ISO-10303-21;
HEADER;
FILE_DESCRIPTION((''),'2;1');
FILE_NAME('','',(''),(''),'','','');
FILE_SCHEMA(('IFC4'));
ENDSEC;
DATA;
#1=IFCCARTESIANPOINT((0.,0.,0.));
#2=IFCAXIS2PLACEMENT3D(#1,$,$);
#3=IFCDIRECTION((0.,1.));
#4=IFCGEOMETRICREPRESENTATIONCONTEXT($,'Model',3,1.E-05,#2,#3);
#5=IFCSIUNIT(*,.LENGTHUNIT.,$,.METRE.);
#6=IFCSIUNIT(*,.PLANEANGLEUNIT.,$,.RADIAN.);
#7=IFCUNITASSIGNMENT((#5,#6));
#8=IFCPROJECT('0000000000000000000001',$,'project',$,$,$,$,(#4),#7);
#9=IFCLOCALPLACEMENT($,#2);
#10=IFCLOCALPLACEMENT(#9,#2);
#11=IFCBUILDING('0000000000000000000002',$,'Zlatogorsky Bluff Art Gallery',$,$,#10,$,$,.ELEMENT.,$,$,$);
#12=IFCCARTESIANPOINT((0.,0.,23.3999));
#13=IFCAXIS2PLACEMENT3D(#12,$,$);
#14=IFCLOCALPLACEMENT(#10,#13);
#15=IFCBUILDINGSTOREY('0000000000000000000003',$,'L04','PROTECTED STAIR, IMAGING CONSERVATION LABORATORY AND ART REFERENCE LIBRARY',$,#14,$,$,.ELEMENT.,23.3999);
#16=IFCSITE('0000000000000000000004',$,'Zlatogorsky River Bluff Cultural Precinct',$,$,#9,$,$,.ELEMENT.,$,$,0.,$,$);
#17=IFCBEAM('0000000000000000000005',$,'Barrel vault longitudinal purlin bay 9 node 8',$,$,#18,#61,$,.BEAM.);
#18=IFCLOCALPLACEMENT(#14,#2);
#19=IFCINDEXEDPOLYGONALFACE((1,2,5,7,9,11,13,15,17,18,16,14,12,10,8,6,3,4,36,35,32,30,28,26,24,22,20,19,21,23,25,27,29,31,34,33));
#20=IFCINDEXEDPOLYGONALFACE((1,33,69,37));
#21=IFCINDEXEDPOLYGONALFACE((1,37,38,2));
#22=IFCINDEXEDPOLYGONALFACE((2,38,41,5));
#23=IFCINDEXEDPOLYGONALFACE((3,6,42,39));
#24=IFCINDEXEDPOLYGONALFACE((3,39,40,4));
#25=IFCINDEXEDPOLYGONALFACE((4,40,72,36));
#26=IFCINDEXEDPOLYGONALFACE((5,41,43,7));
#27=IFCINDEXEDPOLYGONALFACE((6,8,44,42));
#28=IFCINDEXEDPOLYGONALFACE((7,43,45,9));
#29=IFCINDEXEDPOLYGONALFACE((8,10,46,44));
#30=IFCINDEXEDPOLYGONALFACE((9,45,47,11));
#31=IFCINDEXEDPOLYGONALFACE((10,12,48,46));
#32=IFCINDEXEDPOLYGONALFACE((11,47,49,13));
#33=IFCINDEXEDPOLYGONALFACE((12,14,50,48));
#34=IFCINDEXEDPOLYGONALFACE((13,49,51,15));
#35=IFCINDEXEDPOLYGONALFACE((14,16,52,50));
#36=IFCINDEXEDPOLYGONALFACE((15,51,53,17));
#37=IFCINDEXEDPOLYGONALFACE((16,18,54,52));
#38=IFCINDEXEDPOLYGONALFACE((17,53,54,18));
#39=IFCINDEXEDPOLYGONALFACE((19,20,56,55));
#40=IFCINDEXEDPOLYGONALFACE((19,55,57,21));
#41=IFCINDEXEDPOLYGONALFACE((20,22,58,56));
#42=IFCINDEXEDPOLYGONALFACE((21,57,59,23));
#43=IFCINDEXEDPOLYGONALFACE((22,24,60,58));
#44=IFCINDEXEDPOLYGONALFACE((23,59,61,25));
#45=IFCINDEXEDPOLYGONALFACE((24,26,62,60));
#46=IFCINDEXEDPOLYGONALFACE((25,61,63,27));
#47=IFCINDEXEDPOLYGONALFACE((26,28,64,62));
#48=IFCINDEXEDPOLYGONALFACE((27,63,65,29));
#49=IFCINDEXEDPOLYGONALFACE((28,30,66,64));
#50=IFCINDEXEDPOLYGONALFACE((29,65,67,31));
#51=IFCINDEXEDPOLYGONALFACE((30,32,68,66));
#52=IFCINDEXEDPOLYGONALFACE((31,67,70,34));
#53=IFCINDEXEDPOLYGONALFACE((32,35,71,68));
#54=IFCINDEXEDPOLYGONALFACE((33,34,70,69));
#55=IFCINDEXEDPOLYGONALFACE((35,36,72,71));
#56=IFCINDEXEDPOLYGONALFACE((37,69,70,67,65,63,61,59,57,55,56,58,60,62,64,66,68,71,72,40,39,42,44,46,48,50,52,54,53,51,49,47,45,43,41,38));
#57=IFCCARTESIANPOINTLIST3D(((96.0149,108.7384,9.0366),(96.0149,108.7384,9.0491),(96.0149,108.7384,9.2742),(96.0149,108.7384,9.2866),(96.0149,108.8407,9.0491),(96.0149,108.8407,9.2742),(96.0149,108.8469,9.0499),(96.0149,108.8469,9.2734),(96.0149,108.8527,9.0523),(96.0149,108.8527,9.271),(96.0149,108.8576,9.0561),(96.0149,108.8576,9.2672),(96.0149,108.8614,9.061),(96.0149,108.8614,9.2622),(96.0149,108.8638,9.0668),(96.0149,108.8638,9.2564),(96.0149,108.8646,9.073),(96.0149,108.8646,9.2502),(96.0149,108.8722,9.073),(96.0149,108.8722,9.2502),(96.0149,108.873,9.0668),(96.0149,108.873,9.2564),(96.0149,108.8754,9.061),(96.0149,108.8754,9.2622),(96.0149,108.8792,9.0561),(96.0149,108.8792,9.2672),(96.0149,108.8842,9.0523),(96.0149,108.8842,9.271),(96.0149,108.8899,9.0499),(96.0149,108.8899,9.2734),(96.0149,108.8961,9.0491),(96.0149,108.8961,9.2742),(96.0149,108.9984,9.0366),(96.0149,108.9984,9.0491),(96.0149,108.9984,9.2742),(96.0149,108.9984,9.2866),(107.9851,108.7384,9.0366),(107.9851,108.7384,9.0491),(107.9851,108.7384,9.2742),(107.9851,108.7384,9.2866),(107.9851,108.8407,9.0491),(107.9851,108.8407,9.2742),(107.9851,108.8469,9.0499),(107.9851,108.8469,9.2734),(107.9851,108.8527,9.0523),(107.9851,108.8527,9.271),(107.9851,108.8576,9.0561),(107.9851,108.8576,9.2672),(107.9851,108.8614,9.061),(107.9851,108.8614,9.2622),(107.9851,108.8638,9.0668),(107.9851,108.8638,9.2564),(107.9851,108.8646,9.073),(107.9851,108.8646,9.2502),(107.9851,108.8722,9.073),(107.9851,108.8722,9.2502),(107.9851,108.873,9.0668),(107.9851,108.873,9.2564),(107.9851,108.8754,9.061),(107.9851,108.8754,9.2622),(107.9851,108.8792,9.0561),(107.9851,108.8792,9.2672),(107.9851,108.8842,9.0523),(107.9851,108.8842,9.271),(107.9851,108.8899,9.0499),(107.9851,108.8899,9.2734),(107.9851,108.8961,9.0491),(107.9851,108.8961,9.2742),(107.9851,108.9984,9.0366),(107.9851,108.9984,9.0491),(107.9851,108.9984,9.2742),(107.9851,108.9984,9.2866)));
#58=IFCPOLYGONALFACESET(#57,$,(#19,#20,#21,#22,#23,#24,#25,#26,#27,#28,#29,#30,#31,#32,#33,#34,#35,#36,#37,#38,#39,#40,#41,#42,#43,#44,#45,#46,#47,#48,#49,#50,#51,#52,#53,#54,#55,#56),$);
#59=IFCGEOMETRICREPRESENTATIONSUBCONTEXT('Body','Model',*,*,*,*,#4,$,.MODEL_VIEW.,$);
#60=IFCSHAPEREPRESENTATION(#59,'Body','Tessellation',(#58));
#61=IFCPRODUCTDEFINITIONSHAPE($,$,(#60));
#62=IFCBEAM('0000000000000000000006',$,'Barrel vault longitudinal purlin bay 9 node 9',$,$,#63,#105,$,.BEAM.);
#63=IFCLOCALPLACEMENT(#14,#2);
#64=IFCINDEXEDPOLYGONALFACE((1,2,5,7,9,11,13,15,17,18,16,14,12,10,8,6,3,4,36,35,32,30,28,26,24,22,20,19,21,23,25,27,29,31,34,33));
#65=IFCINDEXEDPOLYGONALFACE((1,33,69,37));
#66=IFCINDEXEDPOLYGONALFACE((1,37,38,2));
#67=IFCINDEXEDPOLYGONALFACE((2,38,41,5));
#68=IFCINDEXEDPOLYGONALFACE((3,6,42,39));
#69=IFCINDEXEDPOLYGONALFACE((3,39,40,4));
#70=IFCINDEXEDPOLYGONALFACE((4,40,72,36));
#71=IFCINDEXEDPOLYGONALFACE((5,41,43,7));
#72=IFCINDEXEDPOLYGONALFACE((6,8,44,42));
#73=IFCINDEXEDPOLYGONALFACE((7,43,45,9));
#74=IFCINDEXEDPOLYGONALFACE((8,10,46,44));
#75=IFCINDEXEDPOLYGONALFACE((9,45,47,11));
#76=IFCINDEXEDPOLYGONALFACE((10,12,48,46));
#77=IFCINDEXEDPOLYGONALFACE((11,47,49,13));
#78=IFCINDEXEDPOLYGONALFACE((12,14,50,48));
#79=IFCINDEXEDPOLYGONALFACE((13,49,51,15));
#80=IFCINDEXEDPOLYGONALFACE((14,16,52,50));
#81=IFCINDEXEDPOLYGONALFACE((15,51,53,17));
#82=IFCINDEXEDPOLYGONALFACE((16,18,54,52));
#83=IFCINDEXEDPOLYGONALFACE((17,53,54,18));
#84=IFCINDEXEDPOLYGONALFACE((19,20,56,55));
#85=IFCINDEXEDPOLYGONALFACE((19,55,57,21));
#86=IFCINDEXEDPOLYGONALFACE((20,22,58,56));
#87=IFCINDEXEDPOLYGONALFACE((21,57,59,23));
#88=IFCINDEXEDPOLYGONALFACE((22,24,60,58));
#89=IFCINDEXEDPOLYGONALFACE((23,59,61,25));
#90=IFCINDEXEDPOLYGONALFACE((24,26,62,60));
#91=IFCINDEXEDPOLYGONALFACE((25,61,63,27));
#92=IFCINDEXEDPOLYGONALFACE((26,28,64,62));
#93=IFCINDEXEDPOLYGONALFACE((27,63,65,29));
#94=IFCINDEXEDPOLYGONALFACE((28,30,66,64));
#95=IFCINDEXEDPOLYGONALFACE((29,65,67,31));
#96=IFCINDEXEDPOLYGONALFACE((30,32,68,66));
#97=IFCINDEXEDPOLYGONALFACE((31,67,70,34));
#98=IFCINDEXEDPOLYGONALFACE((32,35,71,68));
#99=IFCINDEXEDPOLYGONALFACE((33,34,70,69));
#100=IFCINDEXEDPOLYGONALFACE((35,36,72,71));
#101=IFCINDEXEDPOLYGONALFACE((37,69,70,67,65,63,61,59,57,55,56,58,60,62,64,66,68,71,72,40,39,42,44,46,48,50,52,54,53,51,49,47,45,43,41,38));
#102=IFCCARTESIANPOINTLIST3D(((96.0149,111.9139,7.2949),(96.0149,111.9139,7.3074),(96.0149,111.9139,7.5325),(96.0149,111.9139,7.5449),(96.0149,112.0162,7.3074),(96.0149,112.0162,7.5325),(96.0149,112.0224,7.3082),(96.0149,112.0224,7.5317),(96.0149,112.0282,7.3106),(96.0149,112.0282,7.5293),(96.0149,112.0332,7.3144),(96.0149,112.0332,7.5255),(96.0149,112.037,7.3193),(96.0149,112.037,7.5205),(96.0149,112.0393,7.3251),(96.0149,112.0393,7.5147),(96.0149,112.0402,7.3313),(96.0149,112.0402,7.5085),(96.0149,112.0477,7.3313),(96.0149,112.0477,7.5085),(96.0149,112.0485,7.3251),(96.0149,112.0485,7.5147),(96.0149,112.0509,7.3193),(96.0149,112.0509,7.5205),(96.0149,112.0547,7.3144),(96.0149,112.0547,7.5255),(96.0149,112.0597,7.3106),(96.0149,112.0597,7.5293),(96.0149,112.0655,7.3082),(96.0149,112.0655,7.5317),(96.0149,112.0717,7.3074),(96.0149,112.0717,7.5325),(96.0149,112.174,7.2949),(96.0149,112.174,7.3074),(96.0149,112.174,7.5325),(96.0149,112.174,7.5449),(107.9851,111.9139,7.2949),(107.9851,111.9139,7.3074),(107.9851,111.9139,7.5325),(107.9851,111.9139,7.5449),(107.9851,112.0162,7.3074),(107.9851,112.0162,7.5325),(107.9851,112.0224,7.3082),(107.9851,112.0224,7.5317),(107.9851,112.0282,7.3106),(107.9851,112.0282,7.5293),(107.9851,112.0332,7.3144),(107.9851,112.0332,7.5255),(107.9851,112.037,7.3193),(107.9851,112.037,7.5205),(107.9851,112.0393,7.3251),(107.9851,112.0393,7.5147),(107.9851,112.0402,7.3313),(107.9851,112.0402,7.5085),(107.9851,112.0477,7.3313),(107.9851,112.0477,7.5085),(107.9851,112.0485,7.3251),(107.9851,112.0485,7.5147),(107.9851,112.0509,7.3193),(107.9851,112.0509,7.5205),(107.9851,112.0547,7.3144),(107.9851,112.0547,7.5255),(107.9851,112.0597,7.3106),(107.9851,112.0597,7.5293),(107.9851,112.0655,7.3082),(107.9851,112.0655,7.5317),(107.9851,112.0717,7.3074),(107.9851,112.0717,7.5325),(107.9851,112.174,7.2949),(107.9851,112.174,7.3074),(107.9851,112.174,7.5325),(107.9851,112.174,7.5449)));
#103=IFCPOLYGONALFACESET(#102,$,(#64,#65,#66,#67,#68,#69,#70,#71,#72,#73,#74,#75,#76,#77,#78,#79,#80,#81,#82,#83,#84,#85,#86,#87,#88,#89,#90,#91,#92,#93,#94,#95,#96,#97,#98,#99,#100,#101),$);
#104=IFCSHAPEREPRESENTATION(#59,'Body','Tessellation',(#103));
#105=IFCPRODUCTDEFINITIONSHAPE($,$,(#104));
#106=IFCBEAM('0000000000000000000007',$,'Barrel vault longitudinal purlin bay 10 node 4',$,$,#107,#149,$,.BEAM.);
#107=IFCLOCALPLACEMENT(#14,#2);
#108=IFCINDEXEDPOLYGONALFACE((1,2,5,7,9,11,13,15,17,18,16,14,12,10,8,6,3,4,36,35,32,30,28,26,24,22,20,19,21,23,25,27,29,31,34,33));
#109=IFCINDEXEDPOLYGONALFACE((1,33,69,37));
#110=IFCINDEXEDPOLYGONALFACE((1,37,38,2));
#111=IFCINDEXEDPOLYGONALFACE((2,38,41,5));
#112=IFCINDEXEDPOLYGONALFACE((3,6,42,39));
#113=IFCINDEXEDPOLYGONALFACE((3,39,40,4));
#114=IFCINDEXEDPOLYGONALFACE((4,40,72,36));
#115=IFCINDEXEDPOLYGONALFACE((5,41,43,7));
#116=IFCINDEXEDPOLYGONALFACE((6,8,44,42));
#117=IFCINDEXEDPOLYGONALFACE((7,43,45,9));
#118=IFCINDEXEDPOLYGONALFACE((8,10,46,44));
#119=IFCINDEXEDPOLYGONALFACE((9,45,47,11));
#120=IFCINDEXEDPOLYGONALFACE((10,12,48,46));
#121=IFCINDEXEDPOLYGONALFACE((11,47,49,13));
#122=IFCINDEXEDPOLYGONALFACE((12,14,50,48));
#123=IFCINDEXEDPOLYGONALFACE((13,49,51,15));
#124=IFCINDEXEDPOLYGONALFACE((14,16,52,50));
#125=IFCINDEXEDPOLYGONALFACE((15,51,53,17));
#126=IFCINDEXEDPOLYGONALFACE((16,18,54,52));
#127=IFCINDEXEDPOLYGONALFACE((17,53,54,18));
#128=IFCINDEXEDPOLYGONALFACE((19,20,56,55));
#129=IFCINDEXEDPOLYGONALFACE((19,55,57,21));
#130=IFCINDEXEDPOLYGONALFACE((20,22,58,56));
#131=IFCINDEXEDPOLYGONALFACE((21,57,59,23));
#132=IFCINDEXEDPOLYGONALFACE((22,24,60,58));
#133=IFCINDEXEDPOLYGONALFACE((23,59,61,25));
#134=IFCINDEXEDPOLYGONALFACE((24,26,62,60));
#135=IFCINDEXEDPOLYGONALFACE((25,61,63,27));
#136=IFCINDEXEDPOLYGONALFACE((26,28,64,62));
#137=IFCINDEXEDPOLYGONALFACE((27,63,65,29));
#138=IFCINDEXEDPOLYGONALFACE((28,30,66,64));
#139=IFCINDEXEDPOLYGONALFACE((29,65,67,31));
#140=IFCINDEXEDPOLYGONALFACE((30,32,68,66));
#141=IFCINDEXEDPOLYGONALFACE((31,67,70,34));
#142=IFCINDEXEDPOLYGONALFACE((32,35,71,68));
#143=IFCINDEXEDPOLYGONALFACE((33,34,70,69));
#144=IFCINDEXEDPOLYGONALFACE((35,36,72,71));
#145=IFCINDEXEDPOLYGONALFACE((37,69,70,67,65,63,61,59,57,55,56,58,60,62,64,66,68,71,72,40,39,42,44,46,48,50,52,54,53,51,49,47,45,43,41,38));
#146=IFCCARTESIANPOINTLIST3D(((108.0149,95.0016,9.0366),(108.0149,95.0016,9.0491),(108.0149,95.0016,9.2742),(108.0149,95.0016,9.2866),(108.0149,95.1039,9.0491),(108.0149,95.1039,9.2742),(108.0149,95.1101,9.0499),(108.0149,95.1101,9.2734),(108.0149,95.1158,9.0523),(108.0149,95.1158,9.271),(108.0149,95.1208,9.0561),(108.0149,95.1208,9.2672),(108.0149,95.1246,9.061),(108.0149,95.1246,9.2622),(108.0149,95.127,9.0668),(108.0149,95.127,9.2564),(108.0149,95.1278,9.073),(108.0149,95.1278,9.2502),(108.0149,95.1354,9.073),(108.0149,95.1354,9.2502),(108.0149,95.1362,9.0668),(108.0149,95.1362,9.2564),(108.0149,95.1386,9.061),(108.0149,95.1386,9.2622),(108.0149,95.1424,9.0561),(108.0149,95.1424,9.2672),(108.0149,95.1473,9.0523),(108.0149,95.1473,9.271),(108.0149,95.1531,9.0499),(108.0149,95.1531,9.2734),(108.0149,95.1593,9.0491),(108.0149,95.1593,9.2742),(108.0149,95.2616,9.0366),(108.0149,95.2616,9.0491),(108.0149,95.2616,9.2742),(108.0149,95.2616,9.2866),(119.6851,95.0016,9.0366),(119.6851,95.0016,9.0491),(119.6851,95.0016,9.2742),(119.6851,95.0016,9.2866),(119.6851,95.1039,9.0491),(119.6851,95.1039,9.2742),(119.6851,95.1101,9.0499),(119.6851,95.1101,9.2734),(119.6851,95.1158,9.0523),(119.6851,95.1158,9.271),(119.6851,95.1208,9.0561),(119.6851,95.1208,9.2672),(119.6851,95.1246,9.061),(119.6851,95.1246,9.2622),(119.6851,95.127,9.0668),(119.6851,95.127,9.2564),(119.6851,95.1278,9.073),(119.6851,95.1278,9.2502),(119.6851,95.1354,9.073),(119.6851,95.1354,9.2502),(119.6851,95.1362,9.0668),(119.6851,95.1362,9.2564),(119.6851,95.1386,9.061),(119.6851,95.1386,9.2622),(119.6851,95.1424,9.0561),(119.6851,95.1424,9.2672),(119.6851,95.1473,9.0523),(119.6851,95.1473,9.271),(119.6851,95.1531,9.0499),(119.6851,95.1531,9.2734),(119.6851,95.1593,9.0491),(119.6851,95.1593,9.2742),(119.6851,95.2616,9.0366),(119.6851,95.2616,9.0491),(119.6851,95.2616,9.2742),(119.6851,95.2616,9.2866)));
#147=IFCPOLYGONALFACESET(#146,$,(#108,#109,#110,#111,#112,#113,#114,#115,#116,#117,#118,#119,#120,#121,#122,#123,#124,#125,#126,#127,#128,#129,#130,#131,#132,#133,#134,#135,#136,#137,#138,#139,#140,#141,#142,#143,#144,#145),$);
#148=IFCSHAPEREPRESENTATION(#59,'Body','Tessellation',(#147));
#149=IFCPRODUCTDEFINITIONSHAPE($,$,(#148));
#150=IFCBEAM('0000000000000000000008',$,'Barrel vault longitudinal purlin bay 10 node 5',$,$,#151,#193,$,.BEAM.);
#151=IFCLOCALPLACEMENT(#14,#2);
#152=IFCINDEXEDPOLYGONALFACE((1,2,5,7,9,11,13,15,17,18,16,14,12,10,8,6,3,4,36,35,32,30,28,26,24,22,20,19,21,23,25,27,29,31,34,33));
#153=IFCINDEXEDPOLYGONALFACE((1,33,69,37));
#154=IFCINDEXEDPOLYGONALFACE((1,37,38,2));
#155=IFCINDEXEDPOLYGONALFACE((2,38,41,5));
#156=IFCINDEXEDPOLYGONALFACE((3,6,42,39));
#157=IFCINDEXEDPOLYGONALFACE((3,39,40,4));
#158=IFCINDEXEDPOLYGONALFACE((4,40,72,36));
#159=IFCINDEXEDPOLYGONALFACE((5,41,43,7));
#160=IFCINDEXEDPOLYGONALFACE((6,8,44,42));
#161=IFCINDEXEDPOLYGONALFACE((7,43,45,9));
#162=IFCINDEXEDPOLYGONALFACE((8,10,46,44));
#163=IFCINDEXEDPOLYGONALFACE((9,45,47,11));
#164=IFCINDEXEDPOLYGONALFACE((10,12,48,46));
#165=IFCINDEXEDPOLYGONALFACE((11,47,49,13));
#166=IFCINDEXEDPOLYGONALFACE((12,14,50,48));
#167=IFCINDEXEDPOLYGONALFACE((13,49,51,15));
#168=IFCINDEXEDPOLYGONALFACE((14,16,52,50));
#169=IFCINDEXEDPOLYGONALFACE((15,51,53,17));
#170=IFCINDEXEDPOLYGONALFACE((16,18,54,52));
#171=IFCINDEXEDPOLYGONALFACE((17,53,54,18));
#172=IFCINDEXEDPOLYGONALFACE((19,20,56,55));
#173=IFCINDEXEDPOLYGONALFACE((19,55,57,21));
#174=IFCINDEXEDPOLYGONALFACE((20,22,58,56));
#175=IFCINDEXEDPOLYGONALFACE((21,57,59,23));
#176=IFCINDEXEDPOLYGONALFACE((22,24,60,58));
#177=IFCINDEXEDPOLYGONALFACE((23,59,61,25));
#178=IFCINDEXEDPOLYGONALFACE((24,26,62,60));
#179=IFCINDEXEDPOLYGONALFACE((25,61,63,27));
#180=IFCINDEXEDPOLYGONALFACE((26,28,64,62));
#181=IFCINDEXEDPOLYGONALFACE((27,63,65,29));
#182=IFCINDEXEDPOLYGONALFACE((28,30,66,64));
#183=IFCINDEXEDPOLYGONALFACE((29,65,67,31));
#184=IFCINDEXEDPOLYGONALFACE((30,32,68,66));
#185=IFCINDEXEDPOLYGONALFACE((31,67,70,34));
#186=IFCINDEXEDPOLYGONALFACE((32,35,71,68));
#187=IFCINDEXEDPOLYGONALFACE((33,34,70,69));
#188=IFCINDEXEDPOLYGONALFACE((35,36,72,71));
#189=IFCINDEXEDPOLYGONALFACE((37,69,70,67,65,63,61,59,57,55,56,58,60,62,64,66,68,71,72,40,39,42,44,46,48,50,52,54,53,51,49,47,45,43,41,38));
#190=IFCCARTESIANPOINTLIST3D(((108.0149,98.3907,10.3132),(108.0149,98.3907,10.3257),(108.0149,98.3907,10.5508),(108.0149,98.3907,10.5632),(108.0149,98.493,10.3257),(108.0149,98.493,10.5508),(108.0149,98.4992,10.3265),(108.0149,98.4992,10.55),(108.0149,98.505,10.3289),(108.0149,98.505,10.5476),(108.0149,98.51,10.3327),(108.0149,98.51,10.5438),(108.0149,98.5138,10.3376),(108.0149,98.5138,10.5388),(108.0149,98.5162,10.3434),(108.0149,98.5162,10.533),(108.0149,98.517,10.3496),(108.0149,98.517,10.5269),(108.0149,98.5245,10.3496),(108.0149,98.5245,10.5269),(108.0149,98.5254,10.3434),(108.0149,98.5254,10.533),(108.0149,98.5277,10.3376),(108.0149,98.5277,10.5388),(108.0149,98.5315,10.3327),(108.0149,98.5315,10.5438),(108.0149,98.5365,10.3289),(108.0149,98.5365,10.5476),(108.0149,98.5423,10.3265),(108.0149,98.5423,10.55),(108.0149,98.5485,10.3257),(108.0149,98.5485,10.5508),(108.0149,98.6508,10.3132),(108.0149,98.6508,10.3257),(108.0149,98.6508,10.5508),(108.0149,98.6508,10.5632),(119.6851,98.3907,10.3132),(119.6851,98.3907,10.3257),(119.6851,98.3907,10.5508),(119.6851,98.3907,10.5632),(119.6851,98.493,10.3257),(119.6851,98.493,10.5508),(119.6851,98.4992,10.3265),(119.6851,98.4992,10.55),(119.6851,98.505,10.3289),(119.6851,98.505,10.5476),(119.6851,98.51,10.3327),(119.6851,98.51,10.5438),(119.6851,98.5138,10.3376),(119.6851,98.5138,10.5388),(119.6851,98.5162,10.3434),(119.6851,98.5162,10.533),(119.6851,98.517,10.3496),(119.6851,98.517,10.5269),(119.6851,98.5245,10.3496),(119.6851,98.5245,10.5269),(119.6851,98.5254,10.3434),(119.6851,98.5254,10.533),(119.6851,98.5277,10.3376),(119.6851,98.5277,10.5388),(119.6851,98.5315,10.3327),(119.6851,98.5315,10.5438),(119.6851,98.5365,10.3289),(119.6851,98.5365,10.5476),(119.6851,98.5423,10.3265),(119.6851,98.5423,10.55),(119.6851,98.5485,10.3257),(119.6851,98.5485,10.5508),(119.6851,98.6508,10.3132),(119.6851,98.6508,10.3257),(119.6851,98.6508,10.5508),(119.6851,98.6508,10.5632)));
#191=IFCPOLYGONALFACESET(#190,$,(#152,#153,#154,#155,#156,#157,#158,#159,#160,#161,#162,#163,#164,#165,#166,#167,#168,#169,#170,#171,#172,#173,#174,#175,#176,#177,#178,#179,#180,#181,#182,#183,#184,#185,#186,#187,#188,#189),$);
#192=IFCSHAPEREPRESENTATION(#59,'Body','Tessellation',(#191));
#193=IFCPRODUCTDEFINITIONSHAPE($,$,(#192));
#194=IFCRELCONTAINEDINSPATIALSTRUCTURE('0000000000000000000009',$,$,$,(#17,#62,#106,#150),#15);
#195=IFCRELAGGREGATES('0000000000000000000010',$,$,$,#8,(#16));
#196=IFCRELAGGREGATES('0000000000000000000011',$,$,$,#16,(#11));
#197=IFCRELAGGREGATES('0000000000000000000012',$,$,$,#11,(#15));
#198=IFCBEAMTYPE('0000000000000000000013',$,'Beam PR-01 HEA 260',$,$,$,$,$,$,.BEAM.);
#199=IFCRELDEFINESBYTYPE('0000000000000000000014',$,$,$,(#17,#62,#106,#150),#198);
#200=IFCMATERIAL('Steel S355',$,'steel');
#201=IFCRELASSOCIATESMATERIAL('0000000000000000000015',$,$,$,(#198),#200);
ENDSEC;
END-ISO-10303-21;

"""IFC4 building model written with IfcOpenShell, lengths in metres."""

from ifc_helpers import new_model, si_unit, direction, frame, origin, origin_2d, place, context, subcontext, project, spatial, i_section, extrude, material, material_profile, profile_set, type_object, element, save


model = new_model("IFC4")

# Units and contexts
model_context = context("Model", 3, precision=1e-05, world=origin(), true_north=direction((0.0, 1.0)))
body_context = subcontext(model_context, "Body", "Model", "MODEL_VIEW")
ifc_project = project(units=[si_unit("LENGTHUNIT", "METRE"), si_unit("PLANEANGLEUNIT", "RADIAN")], contexts=[model_context])

# Site, building, storey
site_placement = place(None, origin())
site = spatial("IfcSite", under=ifc_project, at=site_placement, Name="Zlatogorsky River Bluff Cultural Precinct", CompositionType="ELEMENT", RefElevation=0.0)
building_placement = place(site_placement, origin())
building = spatial("IfcBuilding", under=site, at=building_placement, Name="Zlatogorsky Bluff Art Gallery", CompositionType="ELEMENT")
storey_placement = place(building_placement, frame((0.0, 0.0, 23.3999)))
storey = spatial("IfcBuildingStorey", under=building, at=storey_placement, Name="L04", Description="PROTECTED STAIR, IMAGING CONSERVATION LABORATORY AND ART REFERENCE LIBRARY", CompositionType="ELEMENT", Elevation=23.3999)

# Shared definitions
ifc_material_1 = material(Name="Steel S355", Category="steel")

# Beams
ifc_material_profile_1 = material_profile(ifc_material_1, i_section(OverallWidth=0.26, OverallDepth=0.25, WebThickness=0.0076, FlangeThickness=0.0125, FilletRadius=0.0239, at=origin_2d()), Name="HEA 260")
ifc_profile_set_1 = profile_set([ifc_material_profile_1], Name="Steel S355")
beam_type_1 = type_object("IfcBeamType", Name="Beam PR-01 HEA 260", PredefinedType="BEAM", material=ifc_profile_set_1)
for number, where, z_axis, x_axis, name in (
    (1, (96.0149, 108.8684, 9.1616), (1.0, 0.0, 0.0), (0.0, 1.0, 0.0), "Barrel vault longitudinal purlin bay 9 node 8"),
    (2, (96.0149, 112.0439, 7.4199), (1.0, 0.0, 0.0), (0.0, 1.0, 0.0), "Barrel vault longitudinal purlin bay 9 node 9"),
):
    element("IfcBeam", number, at=place(storey_placement, frame(where, z_axis=z_axis, x_axis=x_axis)), inside=storey, type_object=beam_type_1, Name=name, PredefinedType="BEAM", context=body_context, shape_type="SweptSolid", body=[
        extrude(i_section(OverallWidth=0.26, OverallDepth=0.25, WebThickness=0.0076, FlangeThickness=0.0125, FilletRadius=0.0239, at=origin_2d()), origin(), (0.0, 0.0, 1.0), 11.9702),
    ])
for number, where, z_axis, x_axis, name in (
    (3, (108.0149, 95.1316, 9.1616), (1.0, 0.0, 0.0), (0.0, 1.0, 0.0), "Barrel vault longitudinal purlin bay 10 node 4"),
    (4, (108.0149, 98.5208, 10.4382), (1.0, 0.0, 0.0), (0.0, 1.0, 0.0), "Barrel vault longitudinal purlin bay 10 node 5"),
):
    element("IfcBeam", number, at=place(storey_placement, frame(where, z_axis=z_axis, x_axis=x_axis)), inside=storey, type_object=beam_type_1, Name=name, PredefinedType="BEAM", context=body_context, shape_type="SweptSolid", body=[
        extrude(i_section(OverallWidth=0.26, OverallDepth=0.25, WebThickness=0.0076, FlangeThickness=0.0125, FilletRadius=0.0239, at=origin_2d()), origin(), (0.0, 0.0, 1.0), 11.6702),
    ])

save(model, "model.ifc")
